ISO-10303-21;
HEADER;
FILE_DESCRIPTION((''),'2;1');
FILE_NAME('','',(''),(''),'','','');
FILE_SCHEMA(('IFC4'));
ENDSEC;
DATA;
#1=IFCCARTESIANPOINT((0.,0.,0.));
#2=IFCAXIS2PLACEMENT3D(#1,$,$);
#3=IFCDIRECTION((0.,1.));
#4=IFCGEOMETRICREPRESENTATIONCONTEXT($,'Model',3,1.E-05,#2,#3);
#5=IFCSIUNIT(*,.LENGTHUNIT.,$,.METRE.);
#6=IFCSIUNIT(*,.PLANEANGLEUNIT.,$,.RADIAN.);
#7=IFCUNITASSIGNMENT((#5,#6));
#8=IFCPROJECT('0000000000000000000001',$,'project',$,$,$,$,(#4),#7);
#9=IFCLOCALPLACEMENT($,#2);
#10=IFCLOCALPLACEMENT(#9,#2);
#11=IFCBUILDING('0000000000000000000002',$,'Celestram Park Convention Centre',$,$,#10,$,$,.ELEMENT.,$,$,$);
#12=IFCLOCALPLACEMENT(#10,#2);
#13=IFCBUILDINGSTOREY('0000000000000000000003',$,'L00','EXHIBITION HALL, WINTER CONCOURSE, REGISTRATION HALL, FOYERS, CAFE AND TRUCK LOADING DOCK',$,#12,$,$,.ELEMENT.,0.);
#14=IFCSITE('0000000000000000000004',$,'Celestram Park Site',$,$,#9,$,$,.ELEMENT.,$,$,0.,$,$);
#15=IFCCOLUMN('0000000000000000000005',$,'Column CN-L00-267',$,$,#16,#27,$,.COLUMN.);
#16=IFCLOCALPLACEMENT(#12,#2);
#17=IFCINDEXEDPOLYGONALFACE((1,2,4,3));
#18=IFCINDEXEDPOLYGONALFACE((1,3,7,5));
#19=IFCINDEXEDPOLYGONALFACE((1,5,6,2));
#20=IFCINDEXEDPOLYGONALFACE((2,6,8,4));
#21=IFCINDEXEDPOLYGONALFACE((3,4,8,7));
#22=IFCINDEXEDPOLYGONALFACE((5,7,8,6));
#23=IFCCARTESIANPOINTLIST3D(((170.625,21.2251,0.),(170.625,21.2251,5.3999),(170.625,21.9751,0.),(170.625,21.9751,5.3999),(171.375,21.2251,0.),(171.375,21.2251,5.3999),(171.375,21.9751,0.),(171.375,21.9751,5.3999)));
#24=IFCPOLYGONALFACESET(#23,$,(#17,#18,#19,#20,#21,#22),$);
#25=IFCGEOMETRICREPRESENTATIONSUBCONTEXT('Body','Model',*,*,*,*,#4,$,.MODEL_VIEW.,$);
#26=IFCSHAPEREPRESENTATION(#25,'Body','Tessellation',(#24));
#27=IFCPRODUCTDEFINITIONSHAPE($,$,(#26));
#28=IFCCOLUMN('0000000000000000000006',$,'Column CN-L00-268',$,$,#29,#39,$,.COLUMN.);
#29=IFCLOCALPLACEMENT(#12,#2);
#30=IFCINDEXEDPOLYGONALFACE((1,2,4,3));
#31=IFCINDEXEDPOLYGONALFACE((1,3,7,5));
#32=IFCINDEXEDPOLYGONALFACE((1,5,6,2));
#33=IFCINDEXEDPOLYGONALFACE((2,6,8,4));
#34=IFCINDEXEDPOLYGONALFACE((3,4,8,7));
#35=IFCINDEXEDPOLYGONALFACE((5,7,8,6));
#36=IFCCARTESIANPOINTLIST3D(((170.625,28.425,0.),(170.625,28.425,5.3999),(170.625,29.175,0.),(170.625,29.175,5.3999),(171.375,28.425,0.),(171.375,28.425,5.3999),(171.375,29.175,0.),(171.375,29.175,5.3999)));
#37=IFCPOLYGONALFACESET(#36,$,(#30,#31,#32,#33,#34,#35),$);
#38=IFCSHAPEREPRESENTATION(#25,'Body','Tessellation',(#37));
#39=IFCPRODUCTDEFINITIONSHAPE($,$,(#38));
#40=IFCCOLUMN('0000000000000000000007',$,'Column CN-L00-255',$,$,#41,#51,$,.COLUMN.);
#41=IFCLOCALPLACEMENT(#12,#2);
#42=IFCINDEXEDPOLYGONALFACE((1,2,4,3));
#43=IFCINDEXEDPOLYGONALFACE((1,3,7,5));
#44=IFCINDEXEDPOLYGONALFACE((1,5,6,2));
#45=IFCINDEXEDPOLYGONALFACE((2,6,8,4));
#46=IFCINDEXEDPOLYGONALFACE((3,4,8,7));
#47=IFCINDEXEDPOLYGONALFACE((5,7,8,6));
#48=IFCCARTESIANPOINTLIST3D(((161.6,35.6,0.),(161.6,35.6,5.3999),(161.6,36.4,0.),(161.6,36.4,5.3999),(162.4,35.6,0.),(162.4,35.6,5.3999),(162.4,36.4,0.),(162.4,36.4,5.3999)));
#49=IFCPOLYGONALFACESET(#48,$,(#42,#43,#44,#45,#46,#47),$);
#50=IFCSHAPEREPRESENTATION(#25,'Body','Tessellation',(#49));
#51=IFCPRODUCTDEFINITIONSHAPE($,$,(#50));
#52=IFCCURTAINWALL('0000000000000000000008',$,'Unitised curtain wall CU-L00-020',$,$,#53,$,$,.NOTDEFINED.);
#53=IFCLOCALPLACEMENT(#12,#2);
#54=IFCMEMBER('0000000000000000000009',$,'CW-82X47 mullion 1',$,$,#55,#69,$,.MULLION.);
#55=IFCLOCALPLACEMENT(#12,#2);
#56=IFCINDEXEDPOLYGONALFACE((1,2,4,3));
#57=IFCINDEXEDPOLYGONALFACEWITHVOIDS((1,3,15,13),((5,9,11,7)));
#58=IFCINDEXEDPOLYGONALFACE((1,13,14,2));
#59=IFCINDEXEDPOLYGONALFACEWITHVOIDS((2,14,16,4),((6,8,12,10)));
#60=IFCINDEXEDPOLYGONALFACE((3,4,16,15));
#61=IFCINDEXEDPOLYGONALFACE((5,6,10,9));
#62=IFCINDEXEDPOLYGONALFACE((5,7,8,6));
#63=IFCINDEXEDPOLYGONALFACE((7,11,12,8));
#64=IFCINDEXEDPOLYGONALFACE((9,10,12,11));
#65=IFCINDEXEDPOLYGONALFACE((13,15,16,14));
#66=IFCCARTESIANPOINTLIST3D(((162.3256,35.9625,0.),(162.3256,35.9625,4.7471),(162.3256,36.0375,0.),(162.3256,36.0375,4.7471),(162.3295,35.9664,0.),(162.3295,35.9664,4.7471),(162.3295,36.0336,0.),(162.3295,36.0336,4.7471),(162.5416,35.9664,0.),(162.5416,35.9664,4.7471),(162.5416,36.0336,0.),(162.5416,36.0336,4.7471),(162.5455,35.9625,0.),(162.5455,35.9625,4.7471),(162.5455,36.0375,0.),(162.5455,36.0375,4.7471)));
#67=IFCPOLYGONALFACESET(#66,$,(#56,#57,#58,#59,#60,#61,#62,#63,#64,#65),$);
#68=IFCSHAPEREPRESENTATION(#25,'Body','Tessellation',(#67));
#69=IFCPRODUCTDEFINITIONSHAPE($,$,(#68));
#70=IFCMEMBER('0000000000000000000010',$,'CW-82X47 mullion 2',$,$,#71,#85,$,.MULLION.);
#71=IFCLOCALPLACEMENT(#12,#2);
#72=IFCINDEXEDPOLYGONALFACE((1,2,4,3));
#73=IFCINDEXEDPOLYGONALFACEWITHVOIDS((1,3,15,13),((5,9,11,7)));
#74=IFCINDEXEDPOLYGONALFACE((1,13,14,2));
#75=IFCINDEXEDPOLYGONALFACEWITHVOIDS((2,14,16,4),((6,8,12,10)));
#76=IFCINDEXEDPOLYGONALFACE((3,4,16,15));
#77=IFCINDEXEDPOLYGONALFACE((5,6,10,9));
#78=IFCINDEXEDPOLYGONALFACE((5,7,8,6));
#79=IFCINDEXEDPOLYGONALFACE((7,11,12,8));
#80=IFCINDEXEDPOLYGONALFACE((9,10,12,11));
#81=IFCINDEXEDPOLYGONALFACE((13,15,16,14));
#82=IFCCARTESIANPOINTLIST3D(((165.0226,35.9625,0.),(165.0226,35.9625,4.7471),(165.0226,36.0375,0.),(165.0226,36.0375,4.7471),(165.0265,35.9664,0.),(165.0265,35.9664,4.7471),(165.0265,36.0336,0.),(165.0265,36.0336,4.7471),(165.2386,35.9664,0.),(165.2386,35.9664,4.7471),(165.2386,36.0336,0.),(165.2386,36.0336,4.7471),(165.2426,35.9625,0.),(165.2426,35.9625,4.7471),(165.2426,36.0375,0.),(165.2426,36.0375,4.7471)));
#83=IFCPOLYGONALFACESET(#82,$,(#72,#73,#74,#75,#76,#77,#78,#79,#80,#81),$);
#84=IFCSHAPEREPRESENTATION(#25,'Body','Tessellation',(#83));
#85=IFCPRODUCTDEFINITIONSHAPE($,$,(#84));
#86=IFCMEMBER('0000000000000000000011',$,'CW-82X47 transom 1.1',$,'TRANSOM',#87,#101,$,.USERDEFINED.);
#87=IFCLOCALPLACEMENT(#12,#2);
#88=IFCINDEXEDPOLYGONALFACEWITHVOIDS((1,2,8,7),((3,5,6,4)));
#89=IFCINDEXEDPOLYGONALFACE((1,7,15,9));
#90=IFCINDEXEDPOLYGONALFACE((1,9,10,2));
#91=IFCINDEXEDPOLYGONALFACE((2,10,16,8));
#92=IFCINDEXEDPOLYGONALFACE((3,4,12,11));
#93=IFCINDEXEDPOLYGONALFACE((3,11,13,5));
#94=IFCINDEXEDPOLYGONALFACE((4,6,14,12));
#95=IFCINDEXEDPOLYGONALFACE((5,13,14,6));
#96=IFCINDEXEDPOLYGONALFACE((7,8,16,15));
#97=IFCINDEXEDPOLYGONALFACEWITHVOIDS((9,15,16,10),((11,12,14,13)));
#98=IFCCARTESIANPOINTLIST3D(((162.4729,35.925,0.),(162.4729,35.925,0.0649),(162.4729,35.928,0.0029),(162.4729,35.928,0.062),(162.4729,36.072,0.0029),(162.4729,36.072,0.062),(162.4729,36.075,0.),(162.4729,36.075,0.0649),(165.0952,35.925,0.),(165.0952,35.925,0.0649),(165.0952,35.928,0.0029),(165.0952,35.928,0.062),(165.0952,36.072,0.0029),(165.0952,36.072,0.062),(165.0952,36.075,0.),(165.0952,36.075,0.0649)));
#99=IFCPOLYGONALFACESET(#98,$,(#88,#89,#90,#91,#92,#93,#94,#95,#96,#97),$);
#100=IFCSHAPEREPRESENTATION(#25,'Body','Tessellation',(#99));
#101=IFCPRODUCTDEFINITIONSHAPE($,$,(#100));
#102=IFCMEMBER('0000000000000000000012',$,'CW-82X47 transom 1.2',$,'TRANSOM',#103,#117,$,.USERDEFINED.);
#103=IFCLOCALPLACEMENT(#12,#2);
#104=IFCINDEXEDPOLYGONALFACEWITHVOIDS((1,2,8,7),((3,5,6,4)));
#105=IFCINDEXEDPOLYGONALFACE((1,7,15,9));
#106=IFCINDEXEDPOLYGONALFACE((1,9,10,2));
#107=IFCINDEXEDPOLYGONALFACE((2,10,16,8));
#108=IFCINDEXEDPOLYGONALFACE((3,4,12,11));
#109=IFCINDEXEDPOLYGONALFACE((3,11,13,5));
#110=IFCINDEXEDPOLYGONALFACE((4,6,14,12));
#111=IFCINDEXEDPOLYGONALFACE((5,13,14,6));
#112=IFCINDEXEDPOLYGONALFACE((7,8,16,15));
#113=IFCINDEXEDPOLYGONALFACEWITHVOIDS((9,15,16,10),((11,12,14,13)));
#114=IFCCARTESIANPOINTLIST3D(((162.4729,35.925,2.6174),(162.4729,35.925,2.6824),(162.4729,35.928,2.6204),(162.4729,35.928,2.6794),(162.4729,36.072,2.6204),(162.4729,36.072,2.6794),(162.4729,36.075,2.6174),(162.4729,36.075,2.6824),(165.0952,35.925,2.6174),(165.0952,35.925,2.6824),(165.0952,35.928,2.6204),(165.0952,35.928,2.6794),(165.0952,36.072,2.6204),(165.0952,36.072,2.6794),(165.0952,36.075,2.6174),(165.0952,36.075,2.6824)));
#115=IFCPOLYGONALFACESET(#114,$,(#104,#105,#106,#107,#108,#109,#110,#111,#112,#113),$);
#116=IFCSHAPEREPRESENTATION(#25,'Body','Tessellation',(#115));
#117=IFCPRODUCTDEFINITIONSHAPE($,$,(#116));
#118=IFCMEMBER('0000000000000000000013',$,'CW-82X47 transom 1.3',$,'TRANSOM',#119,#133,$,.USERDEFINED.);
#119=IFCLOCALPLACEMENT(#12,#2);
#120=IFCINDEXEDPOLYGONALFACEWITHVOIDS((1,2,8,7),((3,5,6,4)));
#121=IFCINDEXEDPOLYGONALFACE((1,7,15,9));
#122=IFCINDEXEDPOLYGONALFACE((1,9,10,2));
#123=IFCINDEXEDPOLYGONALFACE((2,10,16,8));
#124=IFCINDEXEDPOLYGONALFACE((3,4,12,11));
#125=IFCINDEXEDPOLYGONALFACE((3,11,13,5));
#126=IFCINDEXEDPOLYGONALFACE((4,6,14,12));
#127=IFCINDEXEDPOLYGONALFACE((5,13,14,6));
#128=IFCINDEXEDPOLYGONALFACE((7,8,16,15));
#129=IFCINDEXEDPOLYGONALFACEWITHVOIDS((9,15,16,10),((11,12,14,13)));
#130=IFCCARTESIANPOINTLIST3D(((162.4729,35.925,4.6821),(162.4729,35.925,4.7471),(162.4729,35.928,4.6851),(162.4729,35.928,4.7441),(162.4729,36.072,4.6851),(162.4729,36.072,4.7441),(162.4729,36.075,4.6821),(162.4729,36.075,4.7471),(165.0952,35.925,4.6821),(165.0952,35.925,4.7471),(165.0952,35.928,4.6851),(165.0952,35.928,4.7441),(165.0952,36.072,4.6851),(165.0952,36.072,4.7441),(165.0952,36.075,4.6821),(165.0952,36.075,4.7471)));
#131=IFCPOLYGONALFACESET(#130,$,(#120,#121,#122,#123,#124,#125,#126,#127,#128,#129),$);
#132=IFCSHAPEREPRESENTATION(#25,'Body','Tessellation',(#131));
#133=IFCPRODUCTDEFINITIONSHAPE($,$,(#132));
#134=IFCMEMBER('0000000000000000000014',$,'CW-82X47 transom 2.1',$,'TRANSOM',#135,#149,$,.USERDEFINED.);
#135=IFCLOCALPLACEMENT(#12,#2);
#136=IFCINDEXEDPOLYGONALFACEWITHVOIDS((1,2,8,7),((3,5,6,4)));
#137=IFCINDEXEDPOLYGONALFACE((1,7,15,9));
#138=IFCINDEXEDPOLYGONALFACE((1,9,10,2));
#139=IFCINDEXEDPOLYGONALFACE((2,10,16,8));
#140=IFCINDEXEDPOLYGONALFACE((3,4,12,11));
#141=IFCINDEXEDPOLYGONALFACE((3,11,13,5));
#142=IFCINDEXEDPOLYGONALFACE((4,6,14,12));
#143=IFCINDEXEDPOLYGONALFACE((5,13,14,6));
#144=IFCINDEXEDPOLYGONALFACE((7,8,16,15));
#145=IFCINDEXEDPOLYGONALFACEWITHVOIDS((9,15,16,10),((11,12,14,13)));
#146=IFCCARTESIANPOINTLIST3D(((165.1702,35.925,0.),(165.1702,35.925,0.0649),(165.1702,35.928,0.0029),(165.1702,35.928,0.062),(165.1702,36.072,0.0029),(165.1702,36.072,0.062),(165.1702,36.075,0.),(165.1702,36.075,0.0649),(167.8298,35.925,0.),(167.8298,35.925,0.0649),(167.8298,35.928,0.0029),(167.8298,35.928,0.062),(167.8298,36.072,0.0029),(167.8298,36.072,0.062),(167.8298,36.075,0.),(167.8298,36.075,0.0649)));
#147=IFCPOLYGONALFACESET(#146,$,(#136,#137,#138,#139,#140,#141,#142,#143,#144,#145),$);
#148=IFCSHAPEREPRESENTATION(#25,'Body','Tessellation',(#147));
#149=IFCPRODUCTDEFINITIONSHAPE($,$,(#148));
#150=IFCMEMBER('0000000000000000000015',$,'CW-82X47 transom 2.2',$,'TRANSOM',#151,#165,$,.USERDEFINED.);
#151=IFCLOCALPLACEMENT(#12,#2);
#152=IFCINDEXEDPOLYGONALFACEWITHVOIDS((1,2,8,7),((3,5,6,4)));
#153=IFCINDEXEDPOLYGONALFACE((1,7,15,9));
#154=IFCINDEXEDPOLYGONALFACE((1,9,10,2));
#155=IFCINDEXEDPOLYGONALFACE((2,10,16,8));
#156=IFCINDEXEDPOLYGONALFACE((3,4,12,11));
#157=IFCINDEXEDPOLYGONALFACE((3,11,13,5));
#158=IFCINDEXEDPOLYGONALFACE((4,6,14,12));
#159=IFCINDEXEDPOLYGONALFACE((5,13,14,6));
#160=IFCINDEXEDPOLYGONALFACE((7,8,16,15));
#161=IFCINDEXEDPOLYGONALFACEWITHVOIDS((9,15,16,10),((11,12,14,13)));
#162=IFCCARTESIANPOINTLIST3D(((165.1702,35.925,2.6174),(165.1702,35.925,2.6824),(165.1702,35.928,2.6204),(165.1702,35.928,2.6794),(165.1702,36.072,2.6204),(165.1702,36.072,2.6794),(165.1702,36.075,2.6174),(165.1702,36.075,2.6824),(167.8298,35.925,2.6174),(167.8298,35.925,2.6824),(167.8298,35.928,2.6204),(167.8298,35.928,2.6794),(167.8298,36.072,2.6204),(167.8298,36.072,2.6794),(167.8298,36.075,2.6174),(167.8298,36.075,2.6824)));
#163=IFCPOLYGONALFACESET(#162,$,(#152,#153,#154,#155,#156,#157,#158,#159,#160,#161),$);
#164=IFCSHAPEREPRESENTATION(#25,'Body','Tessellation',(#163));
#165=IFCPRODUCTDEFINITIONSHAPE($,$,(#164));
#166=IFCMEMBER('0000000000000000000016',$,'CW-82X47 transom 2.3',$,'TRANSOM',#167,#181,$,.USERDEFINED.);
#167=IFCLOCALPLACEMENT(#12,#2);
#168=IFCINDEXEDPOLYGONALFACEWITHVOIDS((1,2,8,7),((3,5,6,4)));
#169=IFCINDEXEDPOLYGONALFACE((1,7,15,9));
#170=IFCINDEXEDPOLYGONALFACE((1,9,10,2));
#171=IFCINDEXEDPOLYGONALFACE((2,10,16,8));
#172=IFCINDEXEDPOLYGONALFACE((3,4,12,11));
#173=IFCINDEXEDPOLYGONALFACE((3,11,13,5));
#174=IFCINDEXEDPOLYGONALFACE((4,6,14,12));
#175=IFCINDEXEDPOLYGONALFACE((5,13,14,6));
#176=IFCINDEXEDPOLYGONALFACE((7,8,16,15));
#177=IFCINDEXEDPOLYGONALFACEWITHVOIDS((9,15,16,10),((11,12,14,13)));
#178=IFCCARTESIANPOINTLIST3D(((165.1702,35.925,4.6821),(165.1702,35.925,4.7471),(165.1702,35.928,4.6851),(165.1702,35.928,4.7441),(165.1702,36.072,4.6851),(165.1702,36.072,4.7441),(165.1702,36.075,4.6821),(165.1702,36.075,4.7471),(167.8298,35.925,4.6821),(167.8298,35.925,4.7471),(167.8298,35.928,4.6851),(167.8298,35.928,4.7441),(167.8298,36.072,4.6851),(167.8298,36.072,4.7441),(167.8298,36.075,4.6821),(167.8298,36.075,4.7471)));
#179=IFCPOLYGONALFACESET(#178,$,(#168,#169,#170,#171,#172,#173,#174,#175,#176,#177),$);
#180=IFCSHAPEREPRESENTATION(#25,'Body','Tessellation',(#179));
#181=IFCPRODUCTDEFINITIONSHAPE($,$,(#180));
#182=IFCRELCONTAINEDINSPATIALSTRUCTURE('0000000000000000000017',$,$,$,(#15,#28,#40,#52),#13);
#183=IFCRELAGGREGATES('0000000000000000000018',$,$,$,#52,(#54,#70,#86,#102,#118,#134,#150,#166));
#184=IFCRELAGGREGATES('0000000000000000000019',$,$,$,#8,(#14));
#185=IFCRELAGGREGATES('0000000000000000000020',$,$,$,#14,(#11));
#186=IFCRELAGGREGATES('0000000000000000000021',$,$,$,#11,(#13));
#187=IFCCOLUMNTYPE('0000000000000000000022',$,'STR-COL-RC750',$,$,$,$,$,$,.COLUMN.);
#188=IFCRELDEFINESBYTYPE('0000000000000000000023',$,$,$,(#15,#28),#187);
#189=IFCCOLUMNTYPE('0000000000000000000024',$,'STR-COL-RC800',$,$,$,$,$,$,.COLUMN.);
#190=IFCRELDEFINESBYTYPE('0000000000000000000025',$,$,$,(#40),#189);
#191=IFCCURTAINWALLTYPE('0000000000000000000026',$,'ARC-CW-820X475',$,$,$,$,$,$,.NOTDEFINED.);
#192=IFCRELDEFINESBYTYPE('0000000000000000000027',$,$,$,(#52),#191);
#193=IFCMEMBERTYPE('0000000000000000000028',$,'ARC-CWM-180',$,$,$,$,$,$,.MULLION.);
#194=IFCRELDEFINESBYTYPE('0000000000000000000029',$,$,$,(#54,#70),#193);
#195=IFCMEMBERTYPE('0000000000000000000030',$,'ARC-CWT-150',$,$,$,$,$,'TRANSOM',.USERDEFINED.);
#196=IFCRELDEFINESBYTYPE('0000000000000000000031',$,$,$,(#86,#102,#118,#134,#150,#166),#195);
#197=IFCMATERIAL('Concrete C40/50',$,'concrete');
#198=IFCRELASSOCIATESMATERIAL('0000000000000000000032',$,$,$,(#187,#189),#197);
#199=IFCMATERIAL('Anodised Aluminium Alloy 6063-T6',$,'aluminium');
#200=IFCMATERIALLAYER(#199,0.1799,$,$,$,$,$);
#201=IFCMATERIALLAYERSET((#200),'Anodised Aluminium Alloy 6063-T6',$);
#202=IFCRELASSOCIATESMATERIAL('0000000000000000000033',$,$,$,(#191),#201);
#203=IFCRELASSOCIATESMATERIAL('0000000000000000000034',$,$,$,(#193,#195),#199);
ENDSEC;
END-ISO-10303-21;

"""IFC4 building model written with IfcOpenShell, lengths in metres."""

from ifc_helpers import new_model, si_unit, direction, frame, origin, origin_2d, place, context, subcontext, project, spatial, rectangle, hollow_rectangle, extrude, material, layer, layer_set, material_profile, profile_set, type_object, element, aggregate, save


model = new_model("IFC4")

# Units and contexts
model_context = context("Model", 3, precision=1e-05, world=origin(), true_north=direction((0.0, 1.0)))
body_context = subcontext(model_context, "Body", "Model", "MODEL_VIEW")
ifc_project = project(units=[si_unit("LENGTHUNIT", "METRE"), si_unit("PLANEANGLEUNIT", "RADIAN")], contexts=[model_context])

# Site, building, storey
site_placement = place(None, origin())
site = spatial("IfcSite", under=ifc_project, at=site_placement, Name="Celestram Park Site", CompositionType="ELEMENT", RefElevation=0.0)
building_placement = place(site_placement, origin())
building = spatial("IfcBuilding", under=site, at=building_placement, Name="Celestram Park Convention Centre", CompositionType="ELEMENT")
storey_placement = place(building_placement, origin())
storey = spatial("IfcBuildingStorey", under=building, at=storey_placement, Name="L00", Description="EXHIBITION HALL, WINTER CONCOURSE, REGISTRATION HALL, FOYERS, CAFE AND TRUCK LOADING DOCK", CompositionType="ELEMENT", Elevation=0.0)

# Columns
ifc_material_1 = material(Name="Concrete C40/50", Category="concrete")
ifc_material_profile_1 = material_profile(ifc_material_1, rectangle(XDim=0.75, YDim=0.75, at=origin_2d()), Name="RC750X750")
ifc_profile_set_1 = profile_set([ifc_material_profile_1], Name="Concrete C40/50")
column_type_1 = type_object("IfcColumnType", Name="STR-COL-RC750", PredefinedType="COLUMN", material=ifc_profile_set_1)
for number, where, z_axis, x_axis, name in (
    (1, (171.0, 21.6001, 0.0), (0.0, 0.0, 1.0), (1.0, 0.0, 0.0), "Column CN-L00-267"),
    (2, (171.0, 28.8, 0.0), (0.0, 0.0, 1.0), (1.0, 0.0, 0.0), "Column CN-L00-268"),
):
    element("IfcColumn", number, at=place(storey_placement, frame(where, z_axis=z_axis, x_axis=x_axis)), inside=storey, type_object=column_type_1, Name=name, PredefinedType="COLUMN", context=body_context, shape_type="SweptSolid", body=[
        extrude(rectangle(XDim=0.75, YDim=0.75, at=origin_2d()), origin(), (0.0, 0.0, 1.0), 5.3999),
    ])
ifc_material_profile_2 = material_profile(ifc_material_1, rectangle(XDim=0.8, YDim=0.8, at=origin_2d()), Name="RC800X800")
ifc_profile_set_2 = profile_set([ifc_material_profile_2], Name="Concrete C40/50")
column_type_2 = type_object("IfcColumnType", Name="STR-COL-RC800", PredefinedType="COLUMN", material=ifc_profile_set_2)
column_placement = place(storey_placement, frame((162.0, 36.0, 0.0), z_axis=(0.0, 0.0, 1.0), x_axis=(1.0, 0.0, 0.0)))
element("IfcColumn", 3, at=column_placement, inside=storey, type_object=column_type_2, Name="Column CN-L00-255", PredefinedType="COLUMN", context=body_context, shape_type="SweptSolid", body=[
    extrude(rectangle(XDim=0.8, YDim=0.8, at=origin_2d()), origin(), (0.0, 0.0, 1.0), 5.3999),
])

# Curtain wall, members
ifc_material_2 = material(Name="Anodised Aluminium Alloy 6063-T6", Category="aluminium")
ifc_layer_1 = layer(ifc_material_2, 0.1799)
ifc_layer_set_1 = layer_set([ifc_layer_1], Name="Anodised Aluminium Alloy 6063-T6")
curtain_wall_type = type_object("IfcCurtainWallType", Name="ARC-CW-820X475", PredefinedType="NOTDEFINED", material=ifc_layer_set_1)
curtain_wall_placement = place(storey_placement, origin())
curtain_wall = element("IfcCurtainWall", 4, at=curtain_wall_placement, inside=storey, type_object=curtain_wall_type, Name="Unitised curtain wall CU-L00-020", PredefinedType="NOTDEFINED")
ifc_material_profile_3 = material_profile(ifc_material_2, hollow_rectangle(XDim=0.075, YDim=0.22, WallThickness=0.0039, at=origin_2d()), Name="ALU75X220X4")
ifc_profile_set_3 = profile_set([ifc_material_profile_3], Name="Anodised Aluminium Alloy 6063-T6")
member_type_1 = type_object("IfcMemberType", Name="ARC-CWM-180", PredefinedType="MULLION", material=ifc_profile_set_3)
member_1_placement = place(storey_placement, frame((162.4355, 36.0, 0.0), z_axis=(0.0, 0.0, 1.0), x_axis=(0.0, 1.0, 0.0)))
member_1 = element("IfcMember", 5, at=member_1_placement, type_object=member_type_1, Name="CW-82X47 mullion 1", PredefinedType="MULLION", context=body_context, shape_type="SweptSolid", body=[
    extrude(hollow_rectangle(XDim=0.075, YDim=0.22, WallThickness=0.0039, at=origin_2d()), origin(), (0.0, 0.0, 1.0), 4.7471),
])
member_2_placement = place(storey_placement, frame((165.1326, 36.0, 0.0), z_axis=(0.0, 0.0, 1.0), x_axis=(0.0, 1.0, 0.0)))
member_2 = element("IfcMember", 6, at=member_2_placement, type_object=member_type_1, Name="CW-82X47 mullion 2", PredefinedType="MULLION", context=body_context, shape_type="SweptSolid", body=[
    extrude(hollow_rectangle(XDim=0.075, YDim=0.22, WallThickness=0.0039, at=origin_2d()), origin(), (0.0, 0.0, 1.0), 4.7471),
])
ifc_material_profile_4 = material_profile(ifc_material_2, hollow_rectangle(XDim=0.1499, YDim=0.0649, WallThickness=0.0029, at=origin_2d()), Name="ALU150X65X3")
ifc_profile_set_4 = profile_set([ifc_material_profile_4], Name="Anodised Aluminium Alloy 6063-T6")
member_type_2 = type_object("IfcMemberType", Name="ARC-CWT-150", ElementType="TRANSOM", PredefinedType="USERDEFINED", material=ifc_profile_set_4)
member_3_placement = place(storey_placement, frame((162.4729, 36.0, 0.0325), z_axis=(1.0, 0.0, 0.0), x_axis=(0.0, 1.0, 0.0)))
member_3 = element("IfcMember", 7, at=member_3_placement, type_object=member_type_2, Name="CW-82X47 transom 1.1", ObjectType="TRANSOM", PredefinedType="USERDEFINED", context=body_context, shape_type="SweptSolid", body=[
    extrude(hollow_rectangle(XDim=0.1499, YDim=0.0649, WallThickness=0.0029, at=origin_2d()), origin(), (0.0, 0.0, 1.0), 2.6223),
])
member_4_placement = place(storey_placement, frame((162.4729, 36.0, 2.6499), z_axis=(1.0, 0.0, 0.0), x_axis=(0.0, 1.0, 0.0)))
member_4 = element("IfcMember", 8, at=member_4_placement, type_object=member_type_2, Name="CW-82X47 transom 1.2", ObjectType="TRANSOM", PredefinedType="USERDEFINED", context=body_context, shape_type="SweptSolid", body=[
    extrude(hollow_rectangle(XDim=0.1499, YDim=0.0649, WallThickness=0.0029, at=origin_2d()), origin(), (0.0, 0.0, 1.0), 2.6223),
])
member_5_placement = place(storey_placement, frame((162.4729, 36.0, 4.7146), z_axis=(1.0, 0.0, 0.0), x_axis=(0.0, 1.0, 0.0)))
member_5 = element("IfcMember", 9, at=member_5_placement, type_object=member_type_2, Name="CW-82X47 transom 1.3", ObjectType="TRANSOM", PredefinedType="USERDEFINED", context=body_context, shape_type="SweptSolid", body=[
    extrude(hollow_rectangle(XDim=0.1499, YDim=0.0649, WallThickness=0.0029, at=origin_2d()), origin(), (0.0, 0.0, 1.0), 2.6223),
])
member_6_placement = place(storey_placement, frame((165.1702, 36.0, 0.0325), z_axis=(1.0, 0.0, 0.0), x_axis=(0.0, 1.0, 0.0)))
member_6 = element("IfcMember", 10, at=member_6_placement, type_object=member_type_2, Name="CW-82X47 transom 2.1", ObjectType="TRANSOM", PredefinedType="USERDEFINED", context=body_context, shape_type="SweptSolid", body=[
    extrude(hollow_rectangle(XDim=0.1499, YDim=0.0649, WallThickness=0.0029, at=origin_2d()), origin(), (0.0, 0.0, 1.0), 2.6597),
])
member_7_placement = place(storey_placement, frame((165.1702, 36.0, 2.6499), z_axis=(1.0, 0.0, 0.0), x_axis=(0.0, 1.0, 0.0)))
member_7 = element("IfcMember", 11, at=member_7_placement, type_object=member_type_2, Name="CW-82X47 transom 2.2", ObjectType="TRANSOM", PredefinedType="USERDEFINED", context=body_context, shape_type="SweptSolid", body=[
    extrude(hollow_rectangle(XDim=0.1499, YDim=0.0649, WallThickness=0.0029, at=origin_2d()), origin(), (0.0, 0.0, 1.0), 2.6597),
])
member_8_placement = place(storey_placement, frame((165.1702, 36.0, 4.7146), z_axis=(1.0, 0.0, 0.0), x_axis=(0.0, 1.0, 0.0)))
member_8 = element("IfcMember", 12, at=member_8_placement, type_object=member_type_2, Name="CW-82X47 transom 2.3", ObjectType="TRANSOM", PredefinedType="USERDEFINED", context=body_context, shape_type="SweptSolid", body=[
    extrude(hollow_rectangle(XDim=0.1499, YDim=0.0649, WallThickness=0.0029, at=origin_2d()), origin(), (0.0, 0.0, 1.0), 2.6597),
])

aggregate(curtain_wall, [member_1, member_2, member_3, member_4, member_5, member_6, member_7, member_8])

save(model, "model.ifc")
